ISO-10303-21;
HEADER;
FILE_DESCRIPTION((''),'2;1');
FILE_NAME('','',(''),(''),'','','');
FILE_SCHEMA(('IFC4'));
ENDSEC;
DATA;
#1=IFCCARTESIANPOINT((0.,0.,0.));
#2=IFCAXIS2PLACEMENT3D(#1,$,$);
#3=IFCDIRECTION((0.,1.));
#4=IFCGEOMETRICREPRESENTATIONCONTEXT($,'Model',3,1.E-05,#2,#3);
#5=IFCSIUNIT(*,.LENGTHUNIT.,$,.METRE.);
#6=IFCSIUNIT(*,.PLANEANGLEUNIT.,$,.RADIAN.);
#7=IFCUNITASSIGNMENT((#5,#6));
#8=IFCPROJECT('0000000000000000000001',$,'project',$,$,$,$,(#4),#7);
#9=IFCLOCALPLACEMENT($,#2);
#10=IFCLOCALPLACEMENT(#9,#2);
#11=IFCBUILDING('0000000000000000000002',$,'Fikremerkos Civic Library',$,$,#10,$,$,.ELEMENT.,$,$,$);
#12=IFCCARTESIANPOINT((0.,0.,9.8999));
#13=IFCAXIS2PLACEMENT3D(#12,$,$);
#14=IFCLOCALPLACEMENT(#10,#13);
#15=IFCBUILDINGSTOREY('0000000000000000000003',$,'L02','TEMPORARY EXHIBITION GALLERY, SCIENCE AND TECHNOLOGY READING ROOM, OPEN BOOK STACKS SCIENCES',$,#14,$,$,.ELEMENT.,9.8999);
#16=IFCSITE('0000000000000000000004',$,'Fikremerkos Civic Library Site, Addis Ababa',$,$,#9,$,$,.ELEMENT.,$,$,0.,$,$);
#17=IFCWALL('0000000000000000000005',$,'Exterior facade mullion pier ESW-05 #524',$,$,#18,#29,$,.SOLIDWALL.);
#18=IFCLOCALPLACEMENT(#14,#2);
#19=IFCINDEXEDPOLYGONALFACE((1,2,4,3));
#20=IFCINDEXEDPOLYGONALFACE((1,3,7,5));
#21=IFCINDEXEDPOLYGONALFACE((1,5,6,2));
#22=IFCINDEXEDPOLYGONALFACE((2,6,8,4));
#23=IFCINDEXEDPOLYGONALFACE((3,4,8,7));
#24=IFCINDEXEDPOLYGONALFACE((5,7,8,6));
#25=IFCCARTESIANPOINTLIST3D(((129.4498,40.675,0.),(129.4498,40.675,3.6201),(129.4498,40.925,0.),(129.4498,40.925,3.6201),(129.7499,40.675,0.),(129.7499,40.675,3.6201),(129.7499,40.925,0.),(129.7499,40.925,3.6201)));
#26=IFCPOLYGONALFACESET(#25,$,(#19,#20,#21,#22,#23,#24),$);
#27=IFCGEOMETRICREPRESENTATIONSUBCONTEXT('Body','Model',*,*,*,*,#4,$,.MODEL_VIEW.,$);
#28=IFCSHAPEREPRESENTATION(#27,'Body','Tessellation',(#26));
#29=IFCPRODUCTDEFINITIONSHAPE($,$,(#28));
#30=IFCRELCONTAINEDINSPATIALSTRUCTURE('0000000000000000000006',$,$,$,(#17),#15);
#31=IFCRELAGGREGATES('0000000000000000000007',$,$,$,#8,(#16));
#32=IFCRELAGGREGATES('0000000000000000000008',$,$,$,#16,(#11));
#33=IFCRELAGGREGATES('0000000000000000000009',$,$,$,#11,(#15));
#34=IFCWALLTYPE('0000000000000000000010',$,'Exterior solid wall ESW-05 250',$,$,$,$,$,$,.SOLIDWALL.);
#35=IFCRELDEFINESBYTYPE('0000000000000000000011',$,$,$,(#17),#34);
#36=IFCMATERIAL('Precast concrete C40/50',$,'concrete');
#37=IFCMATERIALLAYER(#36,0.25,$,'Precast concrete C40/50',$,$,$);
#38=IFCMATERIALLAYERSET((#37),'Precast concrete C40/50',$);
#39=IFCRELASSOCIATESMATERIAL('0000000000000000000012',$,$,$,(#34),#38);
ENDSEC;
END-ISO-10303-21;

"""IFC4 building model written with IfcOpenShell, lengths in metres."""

from ifc_helpers import new_model, si_unit, direction, frame, frame_2d, origin, place, context, subcontext, project, spatial, rectangle, extrude, material, layer, layer_set, type_object, element, save


model = new_model("IFC4")

# Units and contexts
model_context = context("Model", 3, precision=1e-05, world=origin(), true_north=direction((0.0, 1.0)))
body_context = subcontext(model_context, "Body", "Model", "MODEL_VIEW")
ifc_project = project(units=[si_unit("LENGTHUNIT", "METRE"), si_unit("PLANEANGLEUNIT", "RADIAN")], contexts=[model_context])

# Site, building, storey
site_placement = place(None, origin())
site = spatial("IfcSite", under=ifc_project, at=site_placement, Name="Fikremerkos Civic Library Site, Addis Ababa", CompositionType="ELEMENT", RefElevation=0.0)
building_placement = place(site_placement, origin())
building = spatial("IfcBuilding", under=site, at=building_placement, Name="Fikremerkos Civic Library", CompositionType="ELEMENT")
storey_placement = place(building_placement, frame((0.0, 0.0, 9.8999)))
storey = spatial("IfcBuildingStorey", under=building, at=storey_placement, Name="L02", Description="TEMPORARY EXHIBITION GALLERY, SCIENCE AND TECHNOLOGY READING ROOM, OPEN BOOK STACKS SCIENCES", CompositionType="ELEMENT", Elevation=9.8999)

# Wall
ifc_material_1 = material(Name="Precast concrete C40/50", Category="concrete")
ifc_layer_1 = layer(ifc_material_1, 0.25, Name="Precast concrete C40/50")
ifc_layer_set_1 = layer_set([ifc_layer_1], Name="Precast concrete C40/50")
wall_type = type_object("IfcWallType", Name="Exterior solid wall ESW-05 250", PredefinedType="SOLIDWALL", material=ifc_layer_set_1)
wall_placement = place(storey_placement, frame((129.45, 40.8, 0.0), z_axis=(0.0, 0.0, 1.0), x_axis=(1.0, 0.0, 0.0)))
element("IfcWall", 1, at=wall_placement, inside=storey, type_object=wall_type, Name="Exterior facade mullion pier ESW-05 #524", PredefinedType="SOLIDWALL", context=body_context, shape_type="SweptSolid", body=[
    extrude(rectangle(XDim=0.3, YDim=0.25, at=frame_2d((0.1499, 0.0))), origin(), (0.0, 0.0, 1.0), 3.6201),
])

save(model, "model.ifc")
